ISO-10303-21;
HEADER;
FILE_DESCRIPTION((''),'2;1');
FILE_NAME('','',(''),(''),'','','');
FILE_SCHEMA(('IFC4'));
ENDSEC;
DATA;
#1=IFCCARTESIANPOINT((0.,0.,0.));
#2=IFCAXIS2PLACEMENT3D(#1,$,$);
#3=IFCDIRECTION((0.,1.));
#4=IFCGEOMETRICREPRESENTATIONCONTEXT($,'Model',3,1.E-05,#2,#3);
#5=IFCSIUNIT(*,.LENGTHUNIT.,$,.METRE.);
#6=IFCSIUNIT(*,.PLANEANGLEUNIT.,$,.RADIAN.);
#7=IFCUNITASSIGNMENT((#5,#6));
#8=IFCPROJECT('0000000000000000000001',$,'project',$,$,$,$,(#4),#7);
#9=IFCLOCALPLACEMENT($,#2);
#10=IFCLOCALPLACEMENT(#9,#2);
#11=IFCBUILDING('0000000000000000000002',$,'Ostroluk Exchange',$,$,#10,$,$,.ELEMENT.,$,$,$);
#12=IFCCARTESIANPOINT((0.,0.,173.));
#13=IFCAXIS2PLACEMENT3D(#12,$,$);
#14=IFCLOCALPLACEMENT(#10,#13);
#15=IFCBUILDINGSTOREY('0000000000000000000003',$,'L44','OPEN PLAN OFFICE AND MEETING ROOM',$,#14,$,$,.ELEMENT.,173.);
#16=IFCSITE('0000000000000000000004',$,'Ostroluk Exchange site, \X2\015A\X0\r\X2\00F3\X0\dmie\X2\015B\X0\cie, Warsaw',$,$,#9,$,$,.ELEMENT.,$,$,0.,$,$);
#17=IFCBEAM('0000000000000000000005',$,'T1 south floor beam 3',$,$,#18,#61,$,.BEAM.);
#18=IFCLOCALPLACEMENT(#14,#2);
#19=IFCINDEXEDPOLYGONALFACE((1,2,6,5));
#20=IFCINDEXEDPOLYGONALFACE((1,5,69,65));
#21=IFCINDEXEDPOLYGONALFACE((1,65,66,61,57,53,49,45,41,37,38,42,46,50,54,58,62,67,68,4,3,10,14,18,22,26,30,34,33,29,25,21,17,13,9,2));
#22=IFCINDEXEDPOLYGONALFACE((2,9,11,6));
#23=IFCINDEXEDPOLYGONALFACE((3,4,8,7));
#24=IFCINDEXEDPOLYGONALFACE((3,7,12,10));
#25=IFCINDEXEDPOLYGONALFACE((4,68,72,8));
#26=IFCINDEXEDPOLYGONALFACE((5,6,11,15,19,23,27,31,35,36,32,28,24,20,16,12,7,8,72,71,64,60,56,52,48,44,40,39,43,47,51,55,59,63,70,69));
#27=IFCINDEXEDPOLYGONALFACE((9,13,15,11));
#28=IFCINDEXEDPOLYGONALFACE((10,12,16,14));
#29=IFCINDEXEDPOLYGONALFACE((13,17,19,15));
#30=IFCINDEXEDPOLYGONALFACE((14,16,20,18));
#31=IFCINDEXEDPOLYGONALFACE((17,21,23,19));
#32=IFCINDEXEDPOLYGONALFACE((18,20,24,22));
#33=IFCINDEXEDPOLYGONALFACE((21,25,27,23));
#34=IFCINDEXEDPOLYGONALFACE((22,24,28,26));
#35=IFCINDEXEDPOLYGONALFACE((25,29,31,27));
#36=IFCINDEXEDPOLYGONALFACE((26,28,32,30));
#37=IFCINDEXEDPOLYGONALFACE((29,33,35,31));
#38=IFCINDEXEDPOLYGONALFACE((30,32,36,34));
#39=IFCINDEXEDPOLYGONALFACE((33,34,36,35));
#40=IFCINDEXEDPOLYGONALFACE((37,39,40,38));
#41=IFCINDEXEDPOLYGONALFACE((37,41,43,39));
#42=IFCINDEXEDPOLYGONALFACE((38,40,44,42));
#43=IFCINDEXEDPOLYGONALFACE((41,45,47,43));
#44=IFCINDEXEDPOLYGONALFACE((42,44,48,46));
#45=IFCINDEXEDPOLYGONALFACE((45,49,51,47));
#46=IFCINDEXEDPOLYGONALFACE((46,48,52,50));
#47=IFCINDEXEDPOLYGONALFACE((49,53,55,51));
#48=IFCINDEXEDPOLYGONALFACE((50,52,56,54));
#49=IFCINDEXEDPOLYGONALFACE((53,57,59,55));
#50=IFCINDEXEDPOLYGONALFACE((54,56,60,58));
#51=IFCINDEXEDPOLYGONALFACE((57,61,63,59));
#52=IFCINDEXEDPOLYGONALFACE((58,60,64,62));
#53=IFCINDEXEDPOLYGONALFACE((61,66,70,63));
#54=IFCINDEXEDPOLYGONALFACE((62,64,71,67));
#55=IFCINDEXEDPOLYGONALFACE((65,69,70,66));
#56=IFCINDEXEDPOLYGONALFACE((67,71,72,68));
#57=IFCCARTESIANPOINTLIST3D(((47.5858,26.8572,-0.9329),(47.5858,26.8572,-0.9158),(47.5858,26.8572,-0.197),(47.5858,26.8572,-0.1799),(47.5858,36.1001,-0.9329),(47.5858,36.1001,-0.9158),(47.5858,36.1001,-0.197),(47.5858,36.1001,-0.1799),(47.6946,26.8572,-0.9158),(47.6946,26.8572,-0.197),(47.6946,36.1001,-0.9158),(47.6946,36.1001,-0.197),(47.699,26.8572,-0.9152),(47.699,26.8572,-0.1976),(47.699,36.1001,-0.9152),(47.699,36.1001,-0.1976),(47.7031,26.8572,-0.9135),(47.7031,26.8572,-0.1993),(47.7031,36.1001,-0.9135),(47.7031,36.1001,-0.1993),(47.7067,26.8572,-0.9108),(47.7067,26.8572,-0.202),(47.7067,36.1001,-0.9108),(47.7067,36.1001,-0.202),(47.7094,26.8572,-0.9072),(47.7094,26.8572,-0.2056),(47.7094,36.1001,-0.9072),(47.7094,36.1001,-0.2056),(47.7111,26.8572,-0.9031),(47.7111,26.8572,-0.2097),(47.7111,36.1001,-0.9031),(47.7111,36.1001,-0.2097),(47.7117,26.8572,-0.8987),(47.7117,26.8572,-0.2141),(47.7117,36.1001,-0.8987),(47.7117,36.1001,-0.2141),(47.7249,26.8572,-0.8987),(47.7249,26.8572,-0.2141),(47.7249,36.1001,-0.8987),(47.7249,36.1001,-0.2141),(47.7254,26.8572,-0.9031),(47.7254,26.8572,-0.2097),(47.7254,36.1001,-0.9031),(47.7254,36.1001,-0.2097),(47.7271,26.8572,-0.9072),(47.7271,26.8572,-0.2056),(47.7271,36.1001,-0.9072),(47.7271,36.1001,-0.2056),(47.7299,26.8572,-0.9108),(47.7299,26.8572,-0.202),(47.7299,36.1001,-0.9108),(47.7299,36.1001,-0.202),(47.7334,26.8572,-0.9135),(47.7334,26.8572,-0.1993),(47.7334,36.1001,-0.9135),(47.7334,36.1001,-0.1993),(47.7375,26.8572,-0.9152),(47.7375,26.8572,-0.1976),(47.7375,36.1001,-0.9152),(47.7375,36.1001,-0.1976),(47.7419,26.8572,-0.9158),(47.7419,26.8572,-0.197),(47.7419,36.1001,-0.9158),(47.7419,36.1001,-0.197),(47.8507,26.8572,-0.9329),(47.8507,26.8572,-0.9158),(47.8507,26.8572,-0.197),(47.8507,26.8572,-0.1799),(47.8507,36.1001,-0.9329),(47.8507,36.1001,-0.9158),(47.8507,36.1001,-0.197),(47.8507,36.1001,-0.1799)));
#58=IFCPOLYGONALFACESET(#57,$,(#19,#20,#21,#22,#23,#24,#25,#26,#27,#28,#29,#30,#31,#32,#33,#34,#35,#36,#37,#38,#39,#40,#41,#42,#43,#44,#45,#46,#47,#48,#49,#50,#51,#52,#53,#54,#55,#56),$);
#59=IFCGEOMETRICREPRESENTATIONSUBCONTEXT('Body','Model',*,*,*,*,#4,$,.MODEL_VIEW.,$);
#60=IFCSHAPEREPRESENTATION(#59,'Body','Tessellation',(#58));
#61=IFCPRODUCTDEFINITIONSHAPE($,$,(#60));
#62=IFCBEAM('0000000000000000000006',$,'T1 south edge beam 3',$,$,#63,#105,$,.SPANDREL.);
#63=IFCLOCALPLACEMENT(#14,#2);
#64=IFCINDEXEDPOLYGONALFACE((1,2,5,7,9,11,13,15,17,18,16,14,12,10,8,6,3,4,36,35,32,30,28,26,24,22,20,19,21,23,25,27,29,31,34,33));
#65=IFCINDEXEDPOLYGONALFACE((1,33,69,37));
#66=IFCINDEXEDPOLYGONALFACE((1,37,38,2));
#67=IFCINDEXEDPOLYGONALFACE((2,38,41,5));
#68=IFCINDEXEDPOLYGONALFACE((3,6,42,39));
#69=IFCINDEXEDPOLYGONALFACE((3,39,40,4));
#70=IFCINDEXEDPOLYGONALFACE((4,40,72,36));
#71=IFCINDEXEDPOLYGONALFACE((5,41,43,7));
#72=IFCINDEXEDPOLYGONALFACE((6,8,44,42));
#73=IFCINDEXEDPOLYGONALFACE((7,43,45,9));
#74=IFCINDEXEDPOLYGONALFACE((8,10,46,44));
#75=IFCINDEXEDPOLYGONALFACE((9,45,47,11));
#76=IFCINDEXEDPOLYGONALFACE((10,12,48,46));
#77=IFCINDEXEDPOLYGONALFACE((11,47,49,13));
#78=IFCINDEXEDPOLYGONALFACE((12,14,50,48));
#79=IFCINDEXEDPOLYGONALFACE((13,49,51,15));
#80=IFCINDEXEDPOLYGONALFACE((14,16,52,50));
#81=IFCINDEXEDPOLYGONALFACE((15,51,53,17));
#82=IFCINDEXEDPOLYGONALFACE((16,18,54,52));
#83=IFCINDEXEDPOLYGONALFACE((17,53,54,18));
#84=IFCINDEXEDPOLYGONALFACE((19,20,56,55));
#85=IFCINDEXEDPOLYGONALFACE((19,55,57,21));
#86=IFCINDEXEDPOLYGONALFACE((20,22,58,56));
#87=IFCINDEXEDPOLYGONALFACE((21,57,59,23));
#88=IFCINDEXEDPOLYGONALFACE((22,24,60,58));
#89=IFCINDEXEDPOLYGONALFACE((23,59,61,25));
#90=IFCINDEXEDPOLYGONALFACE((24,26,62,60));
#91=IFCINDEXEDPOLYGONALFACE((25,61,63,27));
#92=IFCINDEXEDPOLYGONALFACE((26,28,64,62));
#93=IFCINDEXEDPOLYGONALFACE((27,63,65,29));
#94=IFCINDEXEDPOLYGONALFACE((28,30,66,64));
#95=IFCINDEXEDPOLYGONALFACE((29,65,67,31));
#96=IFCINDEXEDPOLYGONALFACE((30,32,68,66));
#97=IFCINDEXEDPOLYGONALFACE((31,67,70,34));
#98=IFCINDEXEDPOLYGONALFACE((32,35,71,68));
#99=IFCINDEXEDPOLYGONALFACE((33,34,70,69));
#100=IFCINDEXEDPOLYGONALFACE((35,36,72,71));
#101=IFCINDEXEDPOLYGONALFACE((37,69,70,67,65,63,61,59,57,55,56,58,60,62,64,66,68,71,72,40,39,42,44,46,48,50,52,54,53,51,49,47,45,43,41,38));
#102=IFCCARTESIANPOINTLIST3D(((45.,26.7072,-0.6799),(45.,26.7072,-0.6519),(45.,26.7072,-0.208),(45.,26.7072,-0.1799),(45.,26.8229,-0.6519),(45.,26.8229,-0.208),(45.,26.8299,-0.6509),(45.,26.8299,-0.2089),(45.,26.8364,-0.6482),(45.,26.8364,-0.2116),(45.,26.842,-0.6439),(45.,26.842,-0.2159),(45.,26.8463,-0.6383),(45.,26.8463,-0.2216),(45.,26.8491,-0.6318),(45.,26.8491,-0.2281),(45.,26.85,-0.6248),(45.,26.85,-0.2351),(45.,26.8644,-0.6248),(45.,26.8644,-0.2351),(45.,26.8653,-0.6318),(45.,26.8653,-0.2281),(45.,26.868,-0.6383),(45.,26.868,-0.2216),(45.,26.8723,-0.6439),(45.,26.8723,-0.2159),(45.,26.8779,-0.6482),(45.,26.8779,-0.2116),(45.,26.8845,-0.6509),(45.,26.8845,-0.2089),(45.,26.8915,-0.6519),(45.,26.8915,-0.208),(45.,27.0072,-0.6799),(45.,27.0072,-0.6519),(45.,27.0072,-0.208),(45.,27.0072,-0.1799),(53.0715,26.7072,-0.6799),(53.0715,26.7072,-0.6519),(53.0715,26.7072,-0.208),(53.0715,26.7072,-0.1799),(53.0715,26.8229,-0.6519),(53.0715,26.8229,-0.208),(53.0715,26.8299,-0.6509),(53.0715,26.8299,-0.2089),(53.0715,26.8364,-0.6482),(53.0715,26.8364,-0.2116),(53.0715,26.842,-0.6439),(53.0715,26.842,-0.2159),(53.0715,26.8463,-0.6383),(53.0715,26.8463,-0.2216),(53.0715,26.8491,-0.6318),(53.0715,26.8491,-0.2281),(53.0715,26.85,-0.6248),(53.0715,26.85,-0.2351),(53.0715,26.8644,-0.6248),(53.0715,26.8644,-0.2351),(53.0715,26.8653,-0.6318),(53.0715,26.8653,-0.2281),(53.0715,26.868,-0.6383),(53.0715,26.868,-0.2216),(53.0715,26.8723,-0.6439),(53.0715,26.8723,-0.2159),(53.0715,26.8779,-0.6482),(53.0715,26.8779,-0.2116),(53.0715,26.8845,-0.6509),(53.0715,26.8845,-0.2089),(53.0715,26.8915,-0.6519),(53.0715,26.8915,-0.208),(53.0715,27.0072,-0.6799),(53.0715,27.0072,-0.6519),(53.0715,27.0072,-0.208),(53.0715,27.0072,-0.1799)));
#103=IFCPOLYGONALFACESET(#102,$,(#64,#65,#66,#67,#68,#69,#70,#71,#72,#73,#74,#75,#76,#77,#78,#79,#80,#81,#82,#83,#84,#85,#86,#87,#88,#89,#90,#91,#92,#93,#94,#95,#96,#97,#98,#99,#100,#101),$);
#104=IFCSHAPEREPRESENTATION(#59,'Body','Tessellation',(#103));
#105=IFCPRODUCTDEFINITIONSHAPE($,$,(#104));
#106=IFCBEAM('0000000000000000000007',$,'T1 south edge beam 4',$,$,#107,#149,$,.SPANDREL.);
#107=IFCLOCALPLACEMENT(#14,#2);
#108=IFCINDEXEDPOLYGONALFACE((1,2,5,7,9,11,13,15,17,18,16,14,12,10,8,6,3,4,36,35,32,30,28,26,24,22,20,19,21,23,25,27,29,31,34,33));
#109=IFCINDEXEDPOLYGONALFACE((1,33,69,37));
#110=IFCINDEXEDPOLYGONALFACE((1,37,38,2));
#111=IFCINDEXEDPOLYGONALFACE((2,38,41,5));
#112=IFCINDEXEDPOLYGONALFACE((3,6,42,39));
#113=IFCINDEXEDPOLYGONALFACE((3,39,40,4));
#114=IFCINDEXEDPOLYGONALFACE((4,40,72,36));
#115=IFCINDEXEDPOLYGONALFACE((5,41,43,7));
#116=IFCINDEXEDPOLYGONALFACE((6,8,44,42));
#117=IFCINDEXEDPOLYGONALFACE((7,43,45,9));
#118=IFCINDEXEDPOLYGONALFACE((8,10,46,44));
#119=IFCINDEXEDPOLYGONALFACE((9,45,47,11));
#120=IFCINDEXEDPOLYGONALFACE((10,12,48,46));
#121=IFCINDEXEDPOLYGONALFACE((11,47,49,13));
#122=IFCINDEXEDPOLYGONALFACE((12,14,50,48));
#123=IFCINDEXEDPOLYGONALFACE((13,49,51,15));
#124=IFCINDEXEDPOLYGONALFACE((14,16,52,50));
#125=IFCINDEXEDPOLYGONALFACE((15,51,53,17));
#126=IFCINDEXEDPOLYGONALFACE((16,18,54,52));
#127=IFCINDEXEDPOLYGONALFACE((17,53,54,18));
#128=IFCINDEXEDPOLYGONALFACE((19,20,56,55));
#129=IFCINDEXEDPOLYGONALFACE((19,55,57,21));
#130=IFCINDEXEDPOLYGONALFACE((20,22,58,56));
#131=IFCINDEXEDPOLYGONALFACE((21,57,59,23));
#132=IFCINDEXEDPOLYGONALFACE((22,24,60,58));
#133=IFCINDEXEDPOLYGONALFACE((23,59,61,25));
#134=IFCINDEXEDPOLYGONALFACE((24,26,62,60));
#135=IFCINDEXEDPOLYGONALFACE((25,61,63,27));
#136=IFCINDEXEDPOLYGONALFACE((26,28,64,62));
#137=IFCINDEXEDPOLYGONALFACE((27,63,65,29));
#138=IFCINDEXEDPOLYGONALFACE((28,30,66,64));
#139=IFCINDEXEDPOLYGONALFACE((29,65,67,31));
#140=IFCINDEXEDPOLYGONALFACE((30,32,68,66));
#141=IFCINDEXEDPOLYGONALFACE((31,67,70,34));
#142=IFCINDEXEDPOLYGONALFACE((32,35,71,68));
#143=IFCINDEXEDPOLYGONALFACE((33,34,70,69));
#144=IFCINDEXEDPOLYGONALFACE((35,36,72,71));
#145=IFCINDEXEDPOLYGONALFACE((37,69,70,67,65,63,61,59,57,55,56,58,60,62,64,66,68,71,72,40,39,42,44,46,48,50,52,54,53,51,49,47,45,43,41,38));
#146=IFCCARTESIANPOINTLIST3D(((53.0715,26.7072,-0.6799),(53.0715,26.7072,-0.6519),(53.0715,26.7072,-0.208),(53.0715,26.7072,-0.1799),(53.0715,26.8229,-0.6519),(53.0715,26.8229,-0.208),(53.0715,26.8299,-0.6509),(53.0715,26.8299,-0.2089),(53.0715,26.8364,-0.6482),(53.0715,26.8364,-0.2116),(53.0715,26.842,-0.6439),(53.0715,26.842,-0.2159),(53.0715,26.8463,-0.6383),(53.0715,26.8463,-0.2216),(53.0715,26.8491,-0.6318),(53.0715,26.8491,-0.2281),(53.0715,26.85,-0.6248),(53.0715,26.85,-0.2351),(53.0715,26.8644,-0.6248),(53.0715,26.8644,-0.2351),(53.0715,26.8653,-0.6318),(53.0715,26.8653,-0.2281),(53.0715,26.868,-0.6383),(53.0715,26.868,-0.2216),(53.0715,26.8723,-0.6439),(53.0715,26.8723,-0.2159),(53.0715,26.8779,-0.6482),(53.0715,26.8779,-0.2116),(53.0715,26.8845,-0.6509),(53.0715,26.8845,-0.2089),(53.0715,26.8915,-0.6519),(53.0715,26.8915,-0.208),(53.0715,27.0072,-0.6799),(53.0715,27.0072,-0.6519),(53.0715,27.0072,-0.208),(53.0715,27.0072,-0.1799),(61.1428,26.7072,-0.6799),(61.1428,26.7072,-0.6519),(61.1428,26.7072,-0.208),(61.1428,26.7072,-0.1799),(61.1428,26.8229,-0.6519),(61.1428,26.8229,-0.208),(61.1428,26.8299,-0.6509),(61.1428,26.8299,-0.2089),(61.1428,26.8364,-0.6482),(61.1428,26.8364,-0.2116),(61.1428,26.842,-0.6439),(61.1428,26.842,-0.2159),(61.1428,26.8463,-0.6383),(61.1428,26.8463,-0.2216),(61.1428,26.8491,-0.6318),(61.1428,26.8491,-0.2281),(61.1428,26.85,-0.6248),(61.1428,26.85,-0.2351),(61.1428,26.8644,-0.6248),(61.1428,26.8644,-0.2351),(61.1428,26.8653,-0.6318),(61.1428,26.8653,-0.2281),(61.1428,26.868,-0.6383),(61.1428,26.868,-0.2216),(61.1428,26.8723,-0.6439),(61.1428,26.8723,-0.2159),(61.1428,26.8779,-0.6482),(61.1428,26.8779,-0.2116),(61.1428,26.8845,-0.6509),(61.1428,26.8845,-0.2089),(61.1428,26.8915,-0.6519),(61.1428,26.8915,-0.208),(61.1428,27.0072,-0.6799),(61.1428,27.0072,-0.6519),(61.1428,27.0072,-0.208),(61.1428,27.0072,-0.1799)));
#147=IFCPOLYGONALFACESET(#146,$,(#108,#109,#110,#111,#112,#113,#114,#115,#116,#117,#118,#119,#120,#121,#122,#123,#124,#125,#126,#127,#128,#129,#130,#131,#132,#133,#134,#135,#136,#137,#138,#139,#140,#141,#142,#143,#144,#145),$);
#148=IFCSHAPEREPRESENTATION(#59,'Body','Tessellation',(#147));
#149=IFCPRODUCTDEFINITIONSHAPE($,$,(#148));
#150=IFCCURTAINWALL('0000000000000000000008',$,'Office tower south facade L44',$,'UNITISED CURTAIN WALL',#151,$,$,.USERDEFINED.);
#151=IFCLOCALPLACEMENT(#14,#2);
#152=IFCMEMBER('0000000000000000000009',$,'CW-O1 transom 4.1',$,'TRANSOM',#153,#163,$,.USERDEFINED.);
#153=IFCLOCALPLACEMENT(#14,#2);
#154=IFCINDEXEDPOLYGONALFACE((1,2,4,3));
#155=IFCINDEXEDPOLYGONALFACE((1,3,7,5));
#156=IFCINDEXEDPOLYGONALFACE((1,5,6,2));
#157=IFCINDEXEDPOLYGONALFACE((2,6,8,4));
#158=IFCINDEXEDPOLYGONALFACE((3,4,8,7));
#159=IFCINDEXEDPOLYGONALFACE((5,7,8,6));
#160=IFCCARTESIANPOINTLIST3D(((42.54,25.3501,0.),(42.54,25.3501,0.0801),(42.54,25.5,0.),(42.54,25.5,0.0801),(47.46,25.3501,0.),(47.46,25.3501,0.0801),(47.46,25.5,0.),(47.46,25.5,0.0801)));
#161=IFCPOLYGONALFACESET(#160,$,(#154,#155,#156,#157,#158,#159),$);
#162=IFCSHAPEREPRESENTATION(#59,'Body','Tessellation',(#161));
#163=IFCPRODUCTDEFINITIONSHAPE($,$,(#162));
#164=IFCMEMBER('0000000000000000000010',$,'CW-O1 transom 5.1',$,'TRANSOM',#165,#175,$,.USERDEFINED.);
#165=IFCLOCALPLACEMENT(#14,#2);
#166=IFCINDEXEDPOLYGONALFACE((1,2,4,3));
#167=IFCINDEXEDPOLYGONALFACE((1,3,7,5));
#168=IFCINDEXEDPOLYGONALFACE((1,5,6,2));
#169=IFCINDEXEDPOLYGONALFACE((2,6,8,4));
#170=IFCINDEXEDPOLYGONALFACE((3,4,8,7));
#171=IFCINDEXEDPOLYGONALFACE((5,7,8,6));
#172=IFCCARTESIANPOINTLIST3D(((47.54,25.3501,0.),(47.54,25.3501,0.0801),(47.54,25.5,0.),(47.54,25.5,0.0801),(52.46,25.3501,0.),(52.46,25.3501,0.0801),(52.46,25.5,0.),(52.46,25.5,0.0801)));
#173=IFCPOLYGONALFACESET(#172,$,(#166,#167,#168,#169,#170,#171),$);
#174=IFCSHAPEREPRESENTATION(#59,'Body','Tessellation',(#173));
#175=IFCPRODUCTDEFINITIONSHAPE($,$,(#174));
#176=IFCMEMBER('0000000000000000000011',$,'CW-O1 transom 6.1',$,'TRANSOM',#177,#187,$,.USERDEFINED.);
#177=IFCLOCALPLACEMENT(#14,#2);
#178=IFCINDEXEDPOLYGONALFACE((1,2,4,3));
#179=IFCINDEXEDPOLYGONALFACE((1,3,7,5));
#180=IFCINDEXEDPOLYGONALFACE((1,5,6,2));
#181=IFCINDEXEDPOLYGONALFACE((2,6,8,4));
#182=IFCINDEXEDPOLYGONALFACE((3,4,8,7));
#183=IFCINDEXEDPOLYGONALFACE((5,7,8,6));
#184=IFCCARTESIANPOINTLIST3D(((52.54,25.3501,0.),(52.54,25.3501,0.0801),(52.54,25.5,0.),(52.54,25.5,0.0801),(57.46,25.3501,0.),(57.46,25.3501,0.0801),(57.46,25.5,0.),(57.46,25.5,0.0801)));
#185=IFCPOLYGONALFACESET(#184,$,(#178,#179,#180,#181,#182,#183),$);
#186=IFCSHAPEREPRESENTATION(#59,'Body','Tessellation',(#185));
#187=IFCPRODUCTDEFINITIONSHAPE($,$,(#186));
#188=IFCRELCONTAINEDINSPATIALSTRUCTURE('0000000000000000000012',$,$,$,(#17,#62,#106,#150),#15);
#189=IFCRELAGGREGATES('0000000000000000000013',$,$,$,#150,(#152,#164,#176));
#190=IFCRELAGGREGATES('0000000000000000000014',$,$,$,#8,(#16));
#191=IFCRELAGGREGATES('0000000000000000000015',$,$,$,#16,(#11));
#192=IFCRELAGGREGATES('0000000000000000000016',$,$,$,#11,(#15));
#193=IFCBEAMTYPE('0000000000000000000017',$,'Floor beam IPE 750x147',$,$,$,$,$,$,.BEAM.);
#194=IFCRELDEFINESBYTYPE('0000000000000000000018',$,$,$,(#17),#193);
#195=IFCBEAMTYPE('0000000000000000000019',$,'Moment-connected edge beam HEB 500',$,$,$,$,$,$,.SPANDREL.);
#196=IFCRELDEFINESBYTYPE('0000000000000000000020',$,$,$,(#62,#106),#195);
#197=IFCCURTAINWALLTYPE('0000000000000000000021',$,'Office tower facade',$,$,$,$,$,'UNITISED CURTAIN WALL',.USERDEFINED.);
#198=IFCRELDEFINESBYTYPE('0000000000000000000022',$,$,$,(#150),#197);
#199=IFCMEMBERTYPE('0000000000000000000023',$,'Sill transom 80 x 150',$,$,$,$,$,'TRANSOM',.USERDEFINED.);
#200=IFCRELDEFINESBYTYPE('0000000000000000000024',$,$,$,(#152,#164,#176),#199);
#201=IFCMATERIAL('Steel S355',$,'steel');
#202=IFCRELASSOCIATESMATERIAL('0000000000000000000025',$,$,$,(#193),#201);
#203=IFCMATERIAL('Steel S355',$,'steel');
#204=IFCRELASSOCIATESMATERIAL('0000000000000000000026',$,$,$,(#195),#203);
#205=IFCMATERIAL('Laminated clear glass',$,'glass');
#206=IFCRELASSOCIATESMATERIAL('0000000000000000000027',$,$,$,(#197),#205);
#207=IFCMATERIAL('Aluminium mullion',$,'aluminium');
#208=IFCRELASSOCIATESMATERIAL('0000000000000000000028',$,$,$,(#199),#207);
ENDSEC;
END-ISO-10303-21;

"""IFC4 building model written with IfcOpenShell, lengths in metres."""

from ifc_helpers import new_model, si_unit, direction, frame, origin, origin_2d, place, context, subcontext, project, spatial, rectangle, i_section, extrude, material, material_profile, profile_set, type_object, element, aggregate, save


model = new_model("IFC4")

# Units and contexts
model_context = context("Model", 3, precision=1e-05, world=origin(), true_north=direction((0.0, 1.0)))
body_context = subcontext(model_context, "Body", "Model", "MODEL_VIEW")
ifc_project = project(units=[si_unit("LENGTHUNIT", "METRE"), si_unit("PLANEANGLEUNIT", "RADIAN")], contexts=[model_context])

# Site, building, storey
site_placement = place(None, origin())
site = spatial("IfcSite", under=ifc_project, at=site_placement, Name="Ostroluk Exchange site, Śródmieście, Warsaw", CompositionType="ELEMENT", RefElevation=0.0)
building_placement = place(site_placement, origin())
building = spatial("IfcBuilding", under=site, at=building_placement, Name="Ostroluk Exchange", CompositionType="ELEMENT")
storey_placement = place(building_placement, frame((0.0, 0.0, 173.0)))
storey = spatial("IfcBuildingStorey", under=building, at=storey_placement, Name="L44", Description="OPEN PLAN OFFICE AND MEETING ROOM", CompositionType="ELEMENT", Elevation=173.0)

# Beams
ifc_material_1 = material(Name="Steel S355", Category="steel")
ifc_material_profile_1 = material_profile(ifc_material_1, i_section(OverallWidth=0.2649, OverallDepth=0.7529, WebThickness=0.0132, FlangeThickness=0.0171, FilletRadius=0.0171, at=origin_2d()), Name="IPE 750x147")
ifc_profile_set_1 = profile_set([ifc_material_profile_1], Name="Steel S355")
beam_type_1 = type_object("IfcBeamType", Name="Floor beam IPE 750x147", PredefinedType="BEAM", material=ifc_profile_set_1)
for number, where, z_axis, x_axis, name in (
    (1, (47.7183, 36.1001, -0.5564), (0.0, -1.0, 0.0), (1.0, 0.0, 0.0), "T1 south floor beam 3"),
):
    element("IfcBeam", number, at=place(storey_placement, frame(where, z_axis=z_axis, x_axis=x_axis)), inside=storey, type_object=beam_type_1, Name=name, PredefinedType="BEAM", context=body_context, shape_type="SweptSolid", body=[
        extrude(i_section(OverallWidth=0.2649, OverallDepth=0.7529, WebThickness=0.0132, FlangeThickness=0.0171, FilletRadius=0.0171, at=origin_2d()), origin(), (0.0, 0.0, 1.0), 9.2429),
    ])
ifc_material_2 = material(Name="Steel S355", Category="steel")
ifc_material_profile_2 = material_profile(ifc_material_2, i_section(OverallWidth=0.3, OverallDepth=0.5, WebThickness=0.0144, FlangeThickness=0.0281, FilletRadius=0.0271, at=origin_2d()), Name="HEB 500")
ifc_profile_set_2 = profile_set([ifc_material_profile_2], Name="Steel S355")
beam_type_2 = type_object("IfcBeamType", Name="Moment-connected edge beam HEB 500", PredefinedType="SPANDREL", material=ifc_profile_set_2)
beam_1_placement = place(storey_placement, frame((45.0, 26.8572, -0.4299), z_axis=(1.0, 0.0, 0.0), x_axis=(0.0, 1.0, 0.0)))
element("IfcBeam", 2, at=beam_1_placement, inside=storey, type_object=beam_type_2, Name="T1 south edge beam 3", PredefinedType="SPANDREL", context=body_context, shape_type="SweptSolid", body=[
    extrude(i_section(OverallWidth=0.3, OverallDepth=0.5, WebThickness=0.0144, FlangeThickness=0.0281, FilletRadius=0.0271, at=origin_2d()), origin(), (0.0, 0.0, 1.0), 8.0715),
])
beam_2_placement = place(storey_placement, frame((53.0715, 26.8572, -0.4299), z_axis=(1.0, 0.0, 0.0), x_axis=(0.0, 1.0, 0.0)))
element("IfcBeam", 3, at=beam_2_placement, inside=storey, type_object=beam_type_2, Name="T1 south edge beam 4", PredefinedType="SPANDREL", context=body_context, shape_type="SweptSolid", body=[
    extrude(i_section(OverallWidth=0.3, OverallDepth=0.5, WebThickness=0.0144, FlangeThickness=0.0281, FilletRadius=0.0271, at=origin_2d()), origin(), (0.0, 0.0, 1.0), 8.0713),
])

# Curtain wall, members
ifc_material_3 = material(Name="Laminated clear glass", Category="glass")
curtain_wall_type = type_object("IfcCurtainWallType", Name="Office tower facade", ElementType="UNITISED CURTAIN WALL", PredefinedType="USERDEFINED", material=ifc_material_3)
curtain_wall_placement = place(storey_placement, origin())
curtain_wall = element("IfcCurtainWall", 4, at=curtain_wall_placement, inside=storey, type_object=curtain_wall_type, Name="Office tower south facade L44", ObjectType="UNITISED CURTAIN WALL", PredefinedType="USERDEFINED")
ifc_material_4 = material(Name="Aluminium mullion", Category="aluminium")
ifc_material_profile_3 = material_profile(ifc_material_4, rectangle(XDim=0.1499, YDim=0.0801, at=origin_2d()), Name="Sill transom 80 x 150")
ifc_profile_set_3 = profile_set([ifc_material_profile_3], Name="Aluminium mullion")
member_type_1 = type_object("IfcMemberType", Name="Sill transom 80 x 150", ElementType="TRANSOM", PredefinedType="USERDEFINED", material=ifc_profile_set_3)
member_1_placement = place(storey_placement, frame((42.54, 25.425, 0.04), z_axis=(1.0, 0.0, 0.0), x_axis=(0.0, 1.0, 0.0)))
member_1 = element("IfcMember", 5, at=member_1_placement, type_object=member_type_1, Name="CW-O1 transom 4.1", ObjectType="TRANSOM", PredefinedType="USERDEFINED", context=body_context, shape_type="SweptSolid", body=[
    extrude(rectangle(XDim=0.1499, YDim=0.0801, at=origin_2d()), origin(), (0.0, 0.0, 1.0), 4.9199),
])
member_2_placement = place(storey_placement, frame((47.54, 25.425, 0.04), z_axis=(1.0, 0.0, 0.0), x_axis=(0.0, 1.0, 0.0)))
member_2 = element("IfcMember", 6, at=member_2_placement, type_object=member_type_1, Name="CW-O1 transom 5.1", ObjectType="TRANSOM", PredefinedType="USERDEFINED", context=body_context, shape_type="SweptSolid", body=[
    extrude(rectangle(XDim=0.1499, YDim=0.0801, at=origin_2d()), origin(), (0.0, 0.0, 1.0), 4.9199),
])
member_3_placement = place(storey_placement, frame((52.54, 25.425, 0.04), z_axis=(1.0, 0.0, 0.0), x_axis=(0.0, 1.0, 0.0)))
member_3 = element("IfcMember", 7, at=member_3_placement, type_object=member_type_1, Name="CW-O1 transom 6.1", ObjectType="TRANSOM", PredefinedType="USERDEFINED", context=body_context, shape_type="SweptSolid", body=[
    extrude(rectangle(XDim=0.1499, YDim=0.0801, at=origin_2d()), origin(), (0.0, 0.0, 1.0), 4.9199),
])
aggregate(curtain_wall, [member_1, member_2, member_3])

save(model, "model.ifc")
